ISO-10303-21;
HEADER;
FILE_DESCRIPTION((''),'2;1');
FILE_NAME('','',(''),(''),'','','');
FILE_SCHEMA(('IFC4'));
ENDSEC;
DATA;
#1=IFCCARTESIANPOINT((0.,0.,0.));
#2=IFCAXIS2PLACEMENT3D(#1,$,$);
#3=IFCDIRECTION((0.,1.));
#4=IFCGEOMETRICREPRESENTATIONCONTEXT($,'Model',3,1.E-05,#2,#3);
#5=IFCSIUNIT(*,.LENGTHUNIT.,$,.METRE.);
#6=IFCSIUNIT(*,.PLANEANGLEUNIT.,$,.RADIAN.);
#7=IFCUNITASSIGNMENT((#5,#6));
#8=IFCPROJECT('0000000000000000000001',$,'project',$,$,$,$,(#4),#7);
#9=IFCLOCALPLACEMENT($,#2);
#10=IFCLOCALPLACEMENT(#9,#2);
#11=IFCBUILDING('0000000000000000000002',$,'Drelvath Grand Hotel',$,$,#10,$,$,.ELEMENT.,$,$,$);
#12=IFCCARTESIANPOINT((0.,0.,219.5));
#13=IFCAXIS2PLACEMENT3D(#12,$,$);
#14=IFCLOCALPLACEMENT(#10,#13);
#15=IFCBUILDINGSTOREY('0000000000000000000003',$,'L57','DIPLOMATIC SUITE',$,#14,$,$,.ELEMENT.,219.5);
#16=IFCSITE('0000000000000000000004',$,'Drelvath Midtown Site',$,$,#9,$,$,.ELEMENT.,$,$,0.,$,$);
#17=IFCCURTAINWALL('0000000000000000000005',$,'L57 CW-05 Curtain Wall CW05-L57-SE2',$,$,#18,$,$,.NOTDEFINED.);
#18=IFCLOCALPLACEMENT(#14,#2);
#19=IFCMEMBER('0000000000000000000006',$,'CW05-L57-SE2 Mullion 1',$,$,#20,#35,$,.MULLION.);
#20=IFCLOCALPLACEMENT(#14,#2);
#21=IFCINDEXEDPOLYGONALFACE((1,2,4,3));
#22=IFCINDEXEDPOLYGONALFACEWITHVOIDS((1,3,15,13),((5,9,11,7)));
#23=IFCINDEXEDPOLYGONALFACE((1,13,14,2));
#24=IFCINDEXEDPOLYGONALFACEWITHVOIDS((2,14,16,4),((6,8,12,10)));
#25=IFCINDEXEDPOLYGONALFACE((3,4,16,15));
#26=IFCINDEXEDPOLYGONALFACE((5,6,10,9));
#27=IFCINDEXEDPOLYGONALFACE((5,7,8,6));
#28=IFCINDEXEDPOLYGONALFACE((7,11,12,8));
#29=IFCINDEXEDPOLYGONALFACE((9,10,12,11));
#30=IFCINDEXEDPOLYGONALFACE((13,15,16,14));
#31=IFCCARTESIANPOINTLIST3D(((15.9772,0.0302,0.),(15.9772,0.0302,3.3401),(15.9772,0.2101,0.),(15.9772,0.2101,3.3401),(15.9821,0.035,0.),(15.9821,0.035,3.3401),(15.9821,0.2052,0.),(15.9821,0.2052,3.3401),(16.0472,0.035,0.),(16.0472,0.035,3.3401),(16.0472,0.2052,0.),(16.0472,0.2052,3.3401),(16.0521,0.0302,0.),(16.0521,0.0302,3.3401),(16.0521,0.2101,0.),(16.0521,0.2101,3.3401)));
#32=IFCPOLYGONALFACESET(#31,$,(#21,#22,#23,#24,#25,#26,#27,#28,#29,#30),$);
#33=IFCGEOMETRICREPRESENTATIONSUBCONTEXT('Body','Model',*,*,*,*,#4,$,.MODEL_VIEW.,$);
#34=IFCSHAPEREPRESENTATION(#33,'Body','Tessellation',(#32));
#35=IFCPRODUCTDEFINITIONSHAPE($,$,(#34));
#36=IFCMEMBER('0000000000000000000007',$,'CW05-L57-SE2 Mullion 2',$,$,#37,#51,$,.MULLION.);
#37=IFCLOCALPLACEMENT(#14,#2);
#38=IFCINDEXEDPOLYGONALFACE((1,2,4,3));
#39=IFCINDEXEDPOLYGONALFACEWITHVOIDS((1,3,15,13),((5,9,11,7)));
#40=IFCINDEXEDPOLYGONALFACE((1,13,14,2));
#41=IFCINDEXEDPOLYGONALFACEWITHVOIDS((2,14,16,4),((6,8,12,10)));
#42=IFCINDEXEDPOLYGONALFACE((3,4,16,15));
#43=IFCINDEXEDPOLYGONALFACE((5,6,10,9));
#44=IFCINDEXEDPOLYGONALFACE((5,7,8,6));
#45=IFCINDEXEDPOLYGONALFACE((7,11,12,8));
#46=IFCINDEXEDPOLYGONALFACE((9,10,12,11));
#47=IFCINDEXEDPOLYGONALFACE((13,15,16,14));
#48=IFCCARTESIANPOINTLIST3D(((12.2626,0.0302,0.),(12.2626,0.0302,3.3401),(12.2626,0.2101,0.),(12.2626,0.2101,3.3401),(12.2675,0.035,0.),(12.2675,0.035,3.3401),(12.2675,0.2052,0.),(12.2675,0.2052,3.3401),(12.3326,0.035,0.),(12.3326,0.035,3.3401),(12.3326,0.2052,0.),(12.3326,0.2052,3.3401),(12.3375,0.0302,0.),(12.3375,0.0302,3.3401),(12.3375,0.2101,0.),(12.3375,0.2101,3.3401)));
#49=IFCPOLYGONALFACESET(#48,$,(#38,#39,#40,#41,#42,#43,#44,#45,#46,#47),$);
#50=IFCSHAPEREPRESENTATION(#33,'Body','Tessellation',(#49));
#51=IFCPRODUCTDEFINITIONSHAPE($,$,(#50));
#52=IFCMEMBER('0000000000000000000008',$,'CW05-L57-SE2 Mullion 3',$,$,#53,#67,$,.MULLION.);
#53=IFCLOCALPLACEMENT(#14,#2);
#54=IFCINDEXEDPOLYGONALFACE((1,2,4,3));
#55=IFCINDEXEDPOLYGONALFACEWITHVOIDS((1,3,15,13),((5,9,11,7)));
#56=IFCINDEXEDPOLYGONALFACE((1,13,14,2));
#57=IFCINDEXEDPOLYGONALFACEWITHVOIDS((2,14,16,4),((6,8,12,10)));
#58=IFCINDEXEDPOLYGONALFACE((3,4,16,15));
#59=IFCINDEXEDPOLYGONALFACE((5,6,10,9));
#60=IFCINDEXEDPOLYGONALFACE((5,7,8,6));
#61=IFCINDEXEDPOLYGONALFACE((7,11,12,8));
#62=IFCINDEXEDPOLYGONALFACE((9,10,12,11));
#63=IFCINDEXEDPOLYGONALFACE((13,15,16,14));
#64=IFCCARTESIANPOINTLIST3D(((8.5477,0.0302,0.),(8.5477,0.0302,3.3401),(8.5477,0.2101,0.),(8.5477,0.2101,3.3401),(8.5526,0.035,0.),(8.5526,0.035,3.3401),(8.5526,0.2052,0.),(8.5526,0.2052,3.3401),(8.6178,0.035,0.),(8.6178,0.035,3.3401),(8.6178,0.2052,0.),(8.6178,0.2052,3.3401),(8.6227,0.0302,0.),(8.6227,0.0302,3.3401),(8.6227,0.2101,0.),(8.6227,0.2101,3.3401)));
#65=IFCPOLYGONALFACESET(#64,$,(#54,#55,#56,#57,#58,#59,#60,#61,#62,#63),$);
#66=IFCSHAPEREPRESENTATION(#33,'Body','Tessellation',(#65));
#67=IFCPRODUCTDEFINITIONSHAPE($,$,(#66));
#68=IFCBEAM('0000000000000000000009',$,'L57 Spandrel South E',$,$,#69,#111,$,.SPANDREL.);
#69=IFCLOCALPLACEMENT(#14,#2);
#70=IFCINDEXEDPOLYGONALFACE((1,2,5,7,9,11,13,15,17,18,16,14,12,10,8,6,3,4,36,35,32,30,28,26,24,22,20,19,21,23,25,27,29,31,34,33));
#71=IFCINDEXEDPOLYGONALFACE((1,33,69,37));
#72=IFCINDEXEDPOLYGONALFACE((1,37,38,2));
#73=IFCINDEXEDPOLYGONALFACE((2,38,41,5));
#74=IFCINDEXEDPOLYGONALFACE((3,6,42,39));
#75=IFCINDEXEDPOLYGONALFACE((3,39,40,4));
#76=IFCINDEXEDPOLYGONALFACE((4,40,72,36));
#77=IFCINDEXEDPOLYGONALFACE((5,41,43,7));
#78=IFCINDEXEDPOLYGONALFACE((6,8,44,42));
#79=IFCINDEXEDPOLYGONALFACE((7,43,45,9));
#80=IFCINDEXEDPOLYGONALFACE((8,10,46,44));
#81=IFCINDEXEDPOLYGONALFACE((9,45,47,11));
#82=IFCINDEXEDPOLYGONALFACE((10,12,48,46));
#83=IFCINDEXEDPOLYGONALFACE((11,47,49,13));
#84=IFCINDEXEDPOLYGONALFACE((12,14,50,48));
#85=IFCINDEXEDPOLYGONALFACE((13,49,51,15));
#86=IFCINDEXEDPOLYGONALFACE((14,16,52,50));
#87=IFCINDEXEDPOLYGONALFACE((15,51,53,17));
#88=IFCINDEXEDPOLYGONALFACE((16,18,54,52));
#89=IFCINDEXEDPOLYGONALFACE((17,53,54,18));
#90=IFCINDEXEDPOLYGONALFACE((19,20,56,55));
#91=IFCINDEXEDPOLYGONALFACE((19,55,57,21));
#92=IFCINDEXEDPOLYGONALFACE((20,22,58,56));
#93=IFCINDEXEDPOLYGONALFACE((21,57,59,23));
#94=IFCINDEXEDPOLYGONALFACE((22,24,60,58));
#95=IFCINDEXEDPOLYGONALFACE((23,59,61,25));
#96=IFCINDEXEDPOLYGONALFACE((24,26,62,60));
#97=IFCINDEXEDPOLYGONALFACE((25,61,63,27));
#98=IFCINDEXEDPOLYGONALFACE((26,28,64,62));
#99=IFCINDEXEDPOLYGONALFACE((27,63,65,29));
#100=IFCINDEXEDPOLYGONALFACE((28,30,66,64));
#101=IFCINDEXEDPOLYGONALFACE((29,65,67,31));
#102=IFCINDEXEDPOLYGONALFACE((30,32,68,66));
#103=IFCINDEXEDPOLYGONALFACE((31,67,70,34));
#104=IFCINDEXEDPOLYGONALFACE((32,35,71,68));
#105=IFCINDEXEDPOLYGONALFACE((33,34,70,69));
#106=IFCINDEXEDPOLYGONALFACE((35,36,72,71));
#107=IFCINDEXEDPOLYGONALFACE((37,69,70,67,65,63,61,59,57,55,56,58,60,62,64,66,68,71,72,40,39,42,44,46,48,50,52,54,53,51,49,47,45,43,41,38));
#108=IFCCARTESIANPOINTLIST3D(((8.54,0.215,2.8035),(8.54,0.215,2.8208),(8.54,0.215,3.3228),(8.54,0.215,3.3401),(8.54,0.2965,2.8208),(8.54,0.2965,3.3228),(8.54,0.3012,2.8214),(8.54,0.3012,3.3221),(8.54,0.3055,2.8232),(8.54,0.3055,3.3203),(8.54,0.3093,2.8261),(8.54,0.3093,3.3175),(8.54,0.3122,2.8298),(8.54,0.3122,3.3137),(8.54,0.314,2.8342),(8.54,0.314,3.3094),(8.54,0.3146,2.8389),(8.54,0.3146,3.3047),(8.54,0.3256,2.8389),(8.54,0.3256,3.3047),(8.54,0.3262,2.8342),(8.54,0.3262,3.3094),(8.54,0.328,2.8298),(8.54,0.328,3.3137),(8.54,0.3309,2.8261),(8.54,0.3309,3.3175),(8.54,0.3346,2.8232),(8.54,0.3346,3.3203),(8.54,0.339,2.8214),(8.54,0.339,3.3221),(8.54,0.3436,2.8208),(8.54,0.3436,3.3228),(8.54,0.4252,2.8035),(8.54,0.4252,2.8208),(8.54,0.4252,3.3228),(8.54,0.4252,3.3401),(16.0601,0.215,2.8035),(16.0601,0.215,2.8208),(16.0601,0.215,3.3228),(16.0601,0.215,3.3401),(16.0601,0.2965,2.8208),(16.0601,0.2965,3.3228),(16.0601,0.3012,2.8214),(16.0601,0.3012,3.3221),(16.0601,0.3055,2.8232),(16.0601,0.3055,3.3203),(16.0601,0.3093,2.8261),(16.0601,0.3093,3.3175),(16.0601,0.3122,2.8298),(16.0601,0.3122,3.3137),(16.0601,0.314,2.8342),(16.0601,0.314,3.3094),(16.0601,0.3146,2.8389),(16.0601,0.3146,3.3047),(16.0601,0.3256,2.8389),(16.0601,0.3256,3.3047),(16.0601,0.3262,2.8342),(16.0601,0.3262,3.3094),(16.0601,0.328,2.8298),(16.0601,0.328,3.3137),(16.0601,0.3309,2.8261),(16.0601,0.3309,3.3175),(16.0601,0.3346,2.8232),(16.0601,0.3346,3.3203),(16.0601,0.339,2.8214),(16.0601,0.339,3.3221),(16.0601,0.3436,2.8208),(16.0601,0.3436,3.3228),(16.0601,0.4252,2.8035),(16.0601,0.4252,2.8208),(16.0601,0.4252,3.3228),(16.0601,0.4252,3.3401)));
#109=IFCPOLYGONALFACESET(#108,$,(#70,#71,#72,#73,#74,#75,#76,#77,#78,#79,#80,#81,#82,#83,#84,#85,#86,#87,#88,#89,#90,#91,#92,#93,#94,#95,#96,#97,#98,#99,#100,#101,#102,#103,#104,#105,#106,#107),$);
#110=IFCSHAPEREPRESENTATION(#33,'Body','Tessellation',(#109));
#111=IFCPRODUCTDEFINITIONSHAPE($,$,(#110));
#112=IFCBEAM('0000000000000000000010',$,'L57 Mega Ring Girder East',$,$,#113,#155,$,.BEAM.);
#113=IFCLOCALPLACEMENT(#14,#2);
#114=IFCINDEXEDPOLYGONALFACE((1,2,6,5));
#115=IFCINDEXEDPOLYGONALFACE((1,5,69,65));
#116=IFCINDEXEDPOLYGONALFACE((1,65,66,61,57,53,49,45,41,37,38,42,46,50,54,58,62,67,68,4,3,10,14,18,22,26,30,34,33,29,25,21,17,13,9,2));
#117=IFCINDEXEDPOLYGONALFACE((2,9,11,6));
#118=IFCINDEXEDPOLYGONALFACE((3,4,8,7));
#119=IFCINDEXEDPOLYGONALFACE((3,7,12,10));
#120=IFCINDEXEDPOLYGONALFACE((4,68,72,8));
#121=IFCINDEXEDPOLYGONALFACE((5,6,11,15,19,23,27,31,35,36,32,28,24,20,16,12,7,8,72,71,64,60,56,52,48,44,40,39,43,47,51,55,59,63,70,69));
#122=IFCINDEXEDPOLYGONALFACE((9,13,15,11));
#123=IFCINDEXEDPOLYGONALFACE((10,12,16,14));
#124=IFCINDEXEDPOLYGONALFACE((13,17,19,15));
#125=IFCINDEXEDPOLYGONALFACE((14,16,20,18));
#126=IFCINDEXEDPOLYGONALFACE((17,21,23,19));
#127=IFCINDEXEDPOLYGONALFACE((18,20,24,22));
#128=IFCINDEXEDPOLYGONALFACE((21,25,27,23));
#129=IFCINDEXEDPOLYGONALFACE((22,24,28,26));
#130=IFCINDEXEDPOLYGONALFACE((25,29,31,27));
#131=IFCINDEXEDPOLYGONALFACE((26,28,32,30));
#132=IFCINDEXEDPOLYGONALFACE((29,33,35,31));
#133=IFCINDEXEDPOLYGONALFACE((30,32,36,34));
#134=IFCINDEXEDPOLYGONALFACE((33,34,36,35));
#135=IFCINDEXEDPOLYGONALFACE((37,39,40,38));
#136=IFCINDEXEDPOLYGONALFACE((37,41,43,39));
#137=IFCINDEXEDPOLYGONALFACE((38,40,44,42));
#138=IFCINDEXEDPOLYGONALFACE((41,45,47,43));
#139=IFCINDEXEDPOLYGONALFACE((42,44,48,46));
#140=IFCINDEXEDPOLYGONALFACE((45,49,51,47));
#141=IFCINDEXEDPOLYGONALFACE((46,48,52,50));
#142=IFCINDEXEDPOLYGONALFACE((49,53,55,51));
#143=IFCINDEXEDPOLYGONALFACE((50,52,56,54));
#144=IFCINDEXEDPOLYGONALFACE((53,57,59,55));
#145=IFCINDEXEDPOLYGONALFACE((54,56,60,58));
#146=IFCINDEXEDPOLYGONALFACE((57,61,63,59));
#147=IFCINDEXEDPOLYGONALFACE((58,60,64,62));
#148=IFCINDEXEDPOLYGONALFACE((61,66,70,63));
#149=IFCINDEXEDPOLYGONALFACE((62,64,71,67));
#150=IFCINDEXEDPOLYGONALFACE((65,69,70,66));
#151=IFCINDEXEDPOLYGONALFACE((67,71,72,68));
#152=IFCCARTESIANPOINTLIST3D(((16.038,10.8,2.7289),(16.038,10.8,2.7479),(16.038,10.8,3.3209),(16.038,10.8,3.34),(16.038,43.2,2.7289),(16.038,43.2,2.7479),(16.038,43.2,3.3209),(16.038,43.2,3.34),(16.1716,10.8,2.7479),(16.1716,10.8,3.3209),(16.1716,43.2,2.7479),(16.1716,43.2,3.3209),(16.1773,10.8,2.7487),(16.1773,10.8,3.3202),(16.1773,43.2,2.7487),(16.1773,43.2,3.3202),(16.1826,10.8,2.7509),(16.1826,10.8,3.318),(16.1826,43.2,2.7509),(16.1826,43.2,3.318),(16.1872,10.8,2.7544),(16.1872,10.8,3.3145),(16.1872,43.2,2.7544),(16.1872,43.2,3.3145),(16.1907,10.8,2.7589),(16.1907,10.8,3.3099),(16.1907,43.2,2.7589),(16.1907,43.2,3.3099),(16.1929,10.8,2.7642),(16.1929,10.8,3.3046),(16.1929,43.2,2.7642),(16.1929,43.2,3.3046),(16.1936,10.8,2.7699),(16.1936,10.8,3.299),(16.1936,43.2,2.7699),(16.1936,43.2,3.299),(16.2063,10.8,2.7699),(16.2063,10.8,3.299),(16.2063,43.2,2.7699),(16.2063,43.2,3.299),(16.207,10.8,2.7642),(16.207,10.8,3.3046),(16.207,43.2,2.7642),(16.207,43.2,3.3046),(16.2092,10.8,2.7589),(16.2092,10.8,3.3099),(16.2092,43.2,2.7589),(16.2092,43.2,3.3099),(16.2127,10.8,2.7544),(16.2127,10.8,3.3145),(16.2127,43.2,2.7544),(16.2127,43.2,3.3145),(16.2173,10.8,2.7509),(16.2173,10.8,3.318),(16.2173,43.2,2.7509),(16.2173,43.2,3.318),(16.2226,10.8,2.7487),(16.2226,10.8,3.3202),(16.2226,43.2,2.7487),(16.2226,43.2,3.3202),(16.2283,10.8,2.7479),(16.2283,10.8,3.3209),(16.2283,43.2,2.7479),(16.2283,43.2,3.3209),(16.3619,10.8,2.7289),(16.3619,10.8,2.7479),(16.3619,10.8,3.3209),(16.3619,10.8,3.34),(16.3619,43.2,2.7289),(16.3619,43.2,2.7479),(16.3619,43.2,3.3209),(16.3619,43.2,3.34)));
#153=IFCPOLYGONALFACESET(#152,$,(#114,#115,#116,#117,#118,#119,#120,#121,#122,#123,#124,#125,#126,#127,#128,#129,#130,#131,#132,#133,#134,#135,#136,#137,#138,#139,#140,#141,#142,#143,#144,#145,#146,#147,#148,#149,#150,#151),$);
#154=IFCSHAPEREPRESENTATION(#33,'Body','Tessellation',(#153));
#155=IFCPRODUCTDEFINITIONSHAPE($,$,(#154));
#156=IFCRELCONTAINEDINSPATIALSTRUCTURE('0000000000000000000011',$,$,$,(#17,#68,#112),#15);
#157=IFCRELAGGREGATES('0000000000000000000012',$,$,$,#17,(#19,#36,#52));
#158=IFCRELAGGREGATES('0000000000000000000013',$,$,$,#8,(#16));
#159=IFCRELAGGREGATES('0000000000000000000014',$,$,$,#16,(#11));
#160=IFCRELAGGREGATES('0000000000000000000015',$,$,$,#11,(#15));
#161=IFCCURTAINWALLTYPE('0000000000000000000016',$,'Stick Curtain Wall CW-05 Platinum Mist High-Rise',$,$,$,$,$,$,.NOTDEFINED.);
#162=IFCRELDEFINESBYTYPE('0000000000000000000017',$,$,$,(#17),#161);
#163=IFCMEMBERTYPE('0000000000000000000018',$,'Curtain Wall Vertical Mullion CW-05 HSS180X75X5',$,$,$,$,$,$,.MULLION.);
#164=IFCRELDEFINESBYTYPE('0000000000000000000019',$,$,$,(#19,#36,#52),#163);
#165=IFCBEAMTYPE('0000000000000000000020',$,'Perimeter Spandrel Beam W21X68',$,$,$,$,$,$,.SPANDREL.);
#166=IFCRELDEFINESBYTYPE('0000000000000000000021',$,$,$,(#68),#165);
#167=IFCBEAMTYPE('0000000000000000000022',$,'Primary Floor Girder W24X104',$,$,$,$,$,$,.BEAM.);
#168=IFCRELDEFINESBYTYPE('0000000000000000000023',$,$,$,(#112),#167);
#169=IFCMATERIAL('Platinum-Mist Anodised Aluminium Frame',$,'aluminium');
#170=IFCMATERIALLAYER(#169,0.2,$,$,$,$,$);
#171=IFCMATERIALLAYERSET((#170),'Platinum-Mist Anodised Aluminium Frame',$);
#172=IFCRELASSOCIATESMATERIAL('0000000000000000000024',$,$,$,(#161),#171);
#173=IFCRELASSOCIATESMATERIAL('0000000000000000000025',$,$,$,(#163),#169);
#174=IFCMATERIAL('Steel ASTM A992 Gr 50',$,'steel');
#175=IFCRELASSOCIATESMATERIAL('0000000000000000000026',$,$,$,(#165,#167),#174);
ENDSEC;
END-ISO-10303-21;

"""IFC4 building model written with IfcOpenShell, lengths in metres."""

from ifc_helpers import new_model, si_unit, direction, frame, origin, origin_2d, place, context, subcontext, project, spatial, hollow_rectangle, i_section, extrude, material, layer, layer_set, material_profile, profile_set, type_object, element, aggregate, save


model = new_model("IFC4")

# Units and contexts
model_context = context("Model", 3, precision=1e-05, world=origin(), true_north=direction((0.0, 1.0)))
body_context = subcontext(model_context, "Body", "Model", "MODEL_VIEW")
ifc_project = project(units=[si_unit("LENGTHUNIT", "METRE"), si_unit("PLANEANGLEUNIT", "RADIAN")], contexts=[model_context])

# Site, building, storey
site_placement = place(None, origin())
site = spatial("IfcSite", under=ifc_project, at=site_placement, Name="Drelvath Midtown Site", CompositionType="ELEMENT", RefElevation=0.0)
building_placement = place(site_placement, origin())
building = spatial("IfcBuilding", under=site, at=building_placement, Name="Drelvath Grand Hotel", CompositionType="ELEMENT")
storey_placement = place(building_placement, frame((0.0, 0.0, 219.5)))
storey = spatial("IfcBuildingStorey", under=building, at=storey_placement, Name="L57", Description="DIPLOMATIC SUITE", CompositionType="ELEMENT", Elevation=219.5)

# Shared definitions
ifc_material_1 = material(Name="Steel ASTM A992 Gr 50", Category="steel")

# Curtain wall
ifc_material_2 = material(Name="Platinum-Mist Anodised Aluminium Frame", Category="aluminium")
ifc_layer_1 = layer(ifc_material_2, 0.2)
ifc_layer_set_1 = layer_set([ifc_layer_1], Name="Platinum-Mist Anodised Aluminium Frame")
curtain_wall_type = type_object("IfcCurtainWallType", Name="Stick Curtain Wall CW-05 Platinum Mist High-Rise", PredefinedType="NOTDEFINED", material=ifc_layer_set_1)
curtain_wall_1_placement = place(storey_placement, origin())
curtain_wall_1 = element("IfcCurtainWall", 1, at=curtain_wall_1_placement, inside=storey, type_object=curtain_wall_type, Name="L57 CW-05 Curtain Wall CW05-L57-SE2", PredefinedType="NOTDEFINED")

# Members
ifc_material_profile_1 = material_profile(ifc_material_2, hollow_rectangle(XDim=0.075, YDim=0.1799, WallThickness=0.0049, at=origin_2d()), Name="HSS180X75X5")
ifc_profile_set_1 = profile_set([ifc_material_profile_1], Name="Platinum-Mist Anodised Aluminium Frame")
member_type_1 = type_object("IfcMemberType", Name="Curtain Wall Vertical Mullion CW-05 HSS180X75X5", PredefinedType="MULLION", material=ifc_profile_set_1)
member_1_placement = place(storey_placement, frame((16.0146, 0.1201, 0.0), z_axis=(0.0, 0.0, 1.0), x_axis=(1.0, 0.0, 0.0)))
member_1 = element("IfcMember", 2, at=member_1_placement, type_object=member_type_1, Name="CW05-L57-SE2 Mullion 1", PredefinedType="MULLION", context=body_context, shape_type="SweptSolid", body=[
    extrude(hollow_rectangle(XDim=0.075, YDim=0.1799, WallThickness=0.0049, at=origin_2d()), origin(), (0.0, 0.0, 1.0), 3.3401),
])
member_2_placement = place(storey_placement, frame((12.3, 0.1201, 0.0), z_axis=(0.0, 0.0, 1.0), x_axis=(1.0, 0.0, 0.0)))
member_2 = element("IfcMember", 3, at=member_2_placement, type_object=member_type_1, Name="CW05-L57-SE2 Mullion 2", PredefinedType="MULLION", context=body_context, shape_type="SweptSolid", body=[
    extrude(hollow_rectangle(XDim=0.075, YDim=0.1799, WallThickness=0.0049, at=origin_2d()), origin(), (0.0, 0.0, 1.0), 3.3401),
])
member_3_placement = place(storey_placement, frame((8.5852, 0.1201, 0.0), z_axis=(0.0, 0.0, 1.0), x_axis=(1.0, 0.0, 0.0)))
member_3 = element("IfcMember", 4, at=member_3_placement, type_object=member_type_1, Name="CW05-L57-SE2 Mullion 3", PredefinedType="MULLION", context=body_context, shape_type="SweptSolid", body=[
    extrude(hollow_rectangle(XDim=0.075, YDim=0.1799, WallThickness=0.0049, at=origin_2d()), origin(), (0.0, 0.0, 1.0), 3.3401),
])

# Beams
ifc_material_profile_2 = material_profile(ifc_material_1, i_section(OverallWidth=0.2102, OverallDepth=0.5366, WebThickness=0.011, FlangeThickness=0.0173, FilletRadius=0.0181, at=origin_2d()), Name="W21X68")
ifc_profile_set_2 = profile_set([ifc_material_profile_2], Name="Steel ASTM A992 Gr 50")
beam_type_1 = type_object("IfcBeamType", Name="Perimeter Spandrel Beam W21X68", PredefinedType="SPANDREL", material=ifc_profile_set_2)
beam_1_placement = place(storey_placement, frame((8.54, 0.3201, 3.0718), z_axis=(1.0, 0.0, 0.0), x_axis=(0.0, 1.0, 0.0)))
element("IfcBeam", 5, at=beam_1_placement, inside=storey, type_object=beam_type_1, Name="L57 Spandrel South E", PredefinedType="SPANDREL", context=body_context, shape_type="SweptSolid", body=[
    extrude(i_section(OverallWidth=0.2102, OverallDepth=0.5366, WebThickness=0.011, FlangeThickness=0.0173, FilletRadius=0.0181, at=origin_2d()), origin(), (0.0, 0.0, 1.0), 7.52),
])
ifc_material_profile_3 = material_profile(ifc_material_1, i_section(OverallWidth=0.324, OverallDepth=0.6111, WebThickness=0.0127, FlangeThickness=0.019, FilletRadius=0.022, at=origin_2d()), Name="W24X104")
ifc_profile_set_3 = profile_set([ifc_material_profile_3], Name="Steel ASTM A992 Gr 50")
beam_type_2 = type_object("IfcBeamType", Name="Primary Floor Girder W24X104", PredefinedType="BEAM", material=ifc_profile_set_3)
beam_2_placement = place(storey_placement, frame((16.2, 10.8, 3.0344), z_axis=(0.0, 1.0, 0.0), x_axis=(-1.0, 0.0, 0.0)))
element("IfcBeam", 6, at=beam_2_placement, inside=storey, type_object=beam_type_2, Name="L57 Mega Ring Girder East", PredefinedType="BEAM", context=body_context, shape_type="SweptSolid", body=[
    extrude(i_section(OverallWidth=0.324, OverallDepth=0.6111, WebThickness=0.0127, FlangeThickness=0.019, FilletRadius=0.022, at=origin_2d()), origin(), (0.0, 0.0, 1.0), 32.3999),
])

aggregate(curtain_wall_1, [member_1, member_2, member_3])

save(model, "model.ifc")
